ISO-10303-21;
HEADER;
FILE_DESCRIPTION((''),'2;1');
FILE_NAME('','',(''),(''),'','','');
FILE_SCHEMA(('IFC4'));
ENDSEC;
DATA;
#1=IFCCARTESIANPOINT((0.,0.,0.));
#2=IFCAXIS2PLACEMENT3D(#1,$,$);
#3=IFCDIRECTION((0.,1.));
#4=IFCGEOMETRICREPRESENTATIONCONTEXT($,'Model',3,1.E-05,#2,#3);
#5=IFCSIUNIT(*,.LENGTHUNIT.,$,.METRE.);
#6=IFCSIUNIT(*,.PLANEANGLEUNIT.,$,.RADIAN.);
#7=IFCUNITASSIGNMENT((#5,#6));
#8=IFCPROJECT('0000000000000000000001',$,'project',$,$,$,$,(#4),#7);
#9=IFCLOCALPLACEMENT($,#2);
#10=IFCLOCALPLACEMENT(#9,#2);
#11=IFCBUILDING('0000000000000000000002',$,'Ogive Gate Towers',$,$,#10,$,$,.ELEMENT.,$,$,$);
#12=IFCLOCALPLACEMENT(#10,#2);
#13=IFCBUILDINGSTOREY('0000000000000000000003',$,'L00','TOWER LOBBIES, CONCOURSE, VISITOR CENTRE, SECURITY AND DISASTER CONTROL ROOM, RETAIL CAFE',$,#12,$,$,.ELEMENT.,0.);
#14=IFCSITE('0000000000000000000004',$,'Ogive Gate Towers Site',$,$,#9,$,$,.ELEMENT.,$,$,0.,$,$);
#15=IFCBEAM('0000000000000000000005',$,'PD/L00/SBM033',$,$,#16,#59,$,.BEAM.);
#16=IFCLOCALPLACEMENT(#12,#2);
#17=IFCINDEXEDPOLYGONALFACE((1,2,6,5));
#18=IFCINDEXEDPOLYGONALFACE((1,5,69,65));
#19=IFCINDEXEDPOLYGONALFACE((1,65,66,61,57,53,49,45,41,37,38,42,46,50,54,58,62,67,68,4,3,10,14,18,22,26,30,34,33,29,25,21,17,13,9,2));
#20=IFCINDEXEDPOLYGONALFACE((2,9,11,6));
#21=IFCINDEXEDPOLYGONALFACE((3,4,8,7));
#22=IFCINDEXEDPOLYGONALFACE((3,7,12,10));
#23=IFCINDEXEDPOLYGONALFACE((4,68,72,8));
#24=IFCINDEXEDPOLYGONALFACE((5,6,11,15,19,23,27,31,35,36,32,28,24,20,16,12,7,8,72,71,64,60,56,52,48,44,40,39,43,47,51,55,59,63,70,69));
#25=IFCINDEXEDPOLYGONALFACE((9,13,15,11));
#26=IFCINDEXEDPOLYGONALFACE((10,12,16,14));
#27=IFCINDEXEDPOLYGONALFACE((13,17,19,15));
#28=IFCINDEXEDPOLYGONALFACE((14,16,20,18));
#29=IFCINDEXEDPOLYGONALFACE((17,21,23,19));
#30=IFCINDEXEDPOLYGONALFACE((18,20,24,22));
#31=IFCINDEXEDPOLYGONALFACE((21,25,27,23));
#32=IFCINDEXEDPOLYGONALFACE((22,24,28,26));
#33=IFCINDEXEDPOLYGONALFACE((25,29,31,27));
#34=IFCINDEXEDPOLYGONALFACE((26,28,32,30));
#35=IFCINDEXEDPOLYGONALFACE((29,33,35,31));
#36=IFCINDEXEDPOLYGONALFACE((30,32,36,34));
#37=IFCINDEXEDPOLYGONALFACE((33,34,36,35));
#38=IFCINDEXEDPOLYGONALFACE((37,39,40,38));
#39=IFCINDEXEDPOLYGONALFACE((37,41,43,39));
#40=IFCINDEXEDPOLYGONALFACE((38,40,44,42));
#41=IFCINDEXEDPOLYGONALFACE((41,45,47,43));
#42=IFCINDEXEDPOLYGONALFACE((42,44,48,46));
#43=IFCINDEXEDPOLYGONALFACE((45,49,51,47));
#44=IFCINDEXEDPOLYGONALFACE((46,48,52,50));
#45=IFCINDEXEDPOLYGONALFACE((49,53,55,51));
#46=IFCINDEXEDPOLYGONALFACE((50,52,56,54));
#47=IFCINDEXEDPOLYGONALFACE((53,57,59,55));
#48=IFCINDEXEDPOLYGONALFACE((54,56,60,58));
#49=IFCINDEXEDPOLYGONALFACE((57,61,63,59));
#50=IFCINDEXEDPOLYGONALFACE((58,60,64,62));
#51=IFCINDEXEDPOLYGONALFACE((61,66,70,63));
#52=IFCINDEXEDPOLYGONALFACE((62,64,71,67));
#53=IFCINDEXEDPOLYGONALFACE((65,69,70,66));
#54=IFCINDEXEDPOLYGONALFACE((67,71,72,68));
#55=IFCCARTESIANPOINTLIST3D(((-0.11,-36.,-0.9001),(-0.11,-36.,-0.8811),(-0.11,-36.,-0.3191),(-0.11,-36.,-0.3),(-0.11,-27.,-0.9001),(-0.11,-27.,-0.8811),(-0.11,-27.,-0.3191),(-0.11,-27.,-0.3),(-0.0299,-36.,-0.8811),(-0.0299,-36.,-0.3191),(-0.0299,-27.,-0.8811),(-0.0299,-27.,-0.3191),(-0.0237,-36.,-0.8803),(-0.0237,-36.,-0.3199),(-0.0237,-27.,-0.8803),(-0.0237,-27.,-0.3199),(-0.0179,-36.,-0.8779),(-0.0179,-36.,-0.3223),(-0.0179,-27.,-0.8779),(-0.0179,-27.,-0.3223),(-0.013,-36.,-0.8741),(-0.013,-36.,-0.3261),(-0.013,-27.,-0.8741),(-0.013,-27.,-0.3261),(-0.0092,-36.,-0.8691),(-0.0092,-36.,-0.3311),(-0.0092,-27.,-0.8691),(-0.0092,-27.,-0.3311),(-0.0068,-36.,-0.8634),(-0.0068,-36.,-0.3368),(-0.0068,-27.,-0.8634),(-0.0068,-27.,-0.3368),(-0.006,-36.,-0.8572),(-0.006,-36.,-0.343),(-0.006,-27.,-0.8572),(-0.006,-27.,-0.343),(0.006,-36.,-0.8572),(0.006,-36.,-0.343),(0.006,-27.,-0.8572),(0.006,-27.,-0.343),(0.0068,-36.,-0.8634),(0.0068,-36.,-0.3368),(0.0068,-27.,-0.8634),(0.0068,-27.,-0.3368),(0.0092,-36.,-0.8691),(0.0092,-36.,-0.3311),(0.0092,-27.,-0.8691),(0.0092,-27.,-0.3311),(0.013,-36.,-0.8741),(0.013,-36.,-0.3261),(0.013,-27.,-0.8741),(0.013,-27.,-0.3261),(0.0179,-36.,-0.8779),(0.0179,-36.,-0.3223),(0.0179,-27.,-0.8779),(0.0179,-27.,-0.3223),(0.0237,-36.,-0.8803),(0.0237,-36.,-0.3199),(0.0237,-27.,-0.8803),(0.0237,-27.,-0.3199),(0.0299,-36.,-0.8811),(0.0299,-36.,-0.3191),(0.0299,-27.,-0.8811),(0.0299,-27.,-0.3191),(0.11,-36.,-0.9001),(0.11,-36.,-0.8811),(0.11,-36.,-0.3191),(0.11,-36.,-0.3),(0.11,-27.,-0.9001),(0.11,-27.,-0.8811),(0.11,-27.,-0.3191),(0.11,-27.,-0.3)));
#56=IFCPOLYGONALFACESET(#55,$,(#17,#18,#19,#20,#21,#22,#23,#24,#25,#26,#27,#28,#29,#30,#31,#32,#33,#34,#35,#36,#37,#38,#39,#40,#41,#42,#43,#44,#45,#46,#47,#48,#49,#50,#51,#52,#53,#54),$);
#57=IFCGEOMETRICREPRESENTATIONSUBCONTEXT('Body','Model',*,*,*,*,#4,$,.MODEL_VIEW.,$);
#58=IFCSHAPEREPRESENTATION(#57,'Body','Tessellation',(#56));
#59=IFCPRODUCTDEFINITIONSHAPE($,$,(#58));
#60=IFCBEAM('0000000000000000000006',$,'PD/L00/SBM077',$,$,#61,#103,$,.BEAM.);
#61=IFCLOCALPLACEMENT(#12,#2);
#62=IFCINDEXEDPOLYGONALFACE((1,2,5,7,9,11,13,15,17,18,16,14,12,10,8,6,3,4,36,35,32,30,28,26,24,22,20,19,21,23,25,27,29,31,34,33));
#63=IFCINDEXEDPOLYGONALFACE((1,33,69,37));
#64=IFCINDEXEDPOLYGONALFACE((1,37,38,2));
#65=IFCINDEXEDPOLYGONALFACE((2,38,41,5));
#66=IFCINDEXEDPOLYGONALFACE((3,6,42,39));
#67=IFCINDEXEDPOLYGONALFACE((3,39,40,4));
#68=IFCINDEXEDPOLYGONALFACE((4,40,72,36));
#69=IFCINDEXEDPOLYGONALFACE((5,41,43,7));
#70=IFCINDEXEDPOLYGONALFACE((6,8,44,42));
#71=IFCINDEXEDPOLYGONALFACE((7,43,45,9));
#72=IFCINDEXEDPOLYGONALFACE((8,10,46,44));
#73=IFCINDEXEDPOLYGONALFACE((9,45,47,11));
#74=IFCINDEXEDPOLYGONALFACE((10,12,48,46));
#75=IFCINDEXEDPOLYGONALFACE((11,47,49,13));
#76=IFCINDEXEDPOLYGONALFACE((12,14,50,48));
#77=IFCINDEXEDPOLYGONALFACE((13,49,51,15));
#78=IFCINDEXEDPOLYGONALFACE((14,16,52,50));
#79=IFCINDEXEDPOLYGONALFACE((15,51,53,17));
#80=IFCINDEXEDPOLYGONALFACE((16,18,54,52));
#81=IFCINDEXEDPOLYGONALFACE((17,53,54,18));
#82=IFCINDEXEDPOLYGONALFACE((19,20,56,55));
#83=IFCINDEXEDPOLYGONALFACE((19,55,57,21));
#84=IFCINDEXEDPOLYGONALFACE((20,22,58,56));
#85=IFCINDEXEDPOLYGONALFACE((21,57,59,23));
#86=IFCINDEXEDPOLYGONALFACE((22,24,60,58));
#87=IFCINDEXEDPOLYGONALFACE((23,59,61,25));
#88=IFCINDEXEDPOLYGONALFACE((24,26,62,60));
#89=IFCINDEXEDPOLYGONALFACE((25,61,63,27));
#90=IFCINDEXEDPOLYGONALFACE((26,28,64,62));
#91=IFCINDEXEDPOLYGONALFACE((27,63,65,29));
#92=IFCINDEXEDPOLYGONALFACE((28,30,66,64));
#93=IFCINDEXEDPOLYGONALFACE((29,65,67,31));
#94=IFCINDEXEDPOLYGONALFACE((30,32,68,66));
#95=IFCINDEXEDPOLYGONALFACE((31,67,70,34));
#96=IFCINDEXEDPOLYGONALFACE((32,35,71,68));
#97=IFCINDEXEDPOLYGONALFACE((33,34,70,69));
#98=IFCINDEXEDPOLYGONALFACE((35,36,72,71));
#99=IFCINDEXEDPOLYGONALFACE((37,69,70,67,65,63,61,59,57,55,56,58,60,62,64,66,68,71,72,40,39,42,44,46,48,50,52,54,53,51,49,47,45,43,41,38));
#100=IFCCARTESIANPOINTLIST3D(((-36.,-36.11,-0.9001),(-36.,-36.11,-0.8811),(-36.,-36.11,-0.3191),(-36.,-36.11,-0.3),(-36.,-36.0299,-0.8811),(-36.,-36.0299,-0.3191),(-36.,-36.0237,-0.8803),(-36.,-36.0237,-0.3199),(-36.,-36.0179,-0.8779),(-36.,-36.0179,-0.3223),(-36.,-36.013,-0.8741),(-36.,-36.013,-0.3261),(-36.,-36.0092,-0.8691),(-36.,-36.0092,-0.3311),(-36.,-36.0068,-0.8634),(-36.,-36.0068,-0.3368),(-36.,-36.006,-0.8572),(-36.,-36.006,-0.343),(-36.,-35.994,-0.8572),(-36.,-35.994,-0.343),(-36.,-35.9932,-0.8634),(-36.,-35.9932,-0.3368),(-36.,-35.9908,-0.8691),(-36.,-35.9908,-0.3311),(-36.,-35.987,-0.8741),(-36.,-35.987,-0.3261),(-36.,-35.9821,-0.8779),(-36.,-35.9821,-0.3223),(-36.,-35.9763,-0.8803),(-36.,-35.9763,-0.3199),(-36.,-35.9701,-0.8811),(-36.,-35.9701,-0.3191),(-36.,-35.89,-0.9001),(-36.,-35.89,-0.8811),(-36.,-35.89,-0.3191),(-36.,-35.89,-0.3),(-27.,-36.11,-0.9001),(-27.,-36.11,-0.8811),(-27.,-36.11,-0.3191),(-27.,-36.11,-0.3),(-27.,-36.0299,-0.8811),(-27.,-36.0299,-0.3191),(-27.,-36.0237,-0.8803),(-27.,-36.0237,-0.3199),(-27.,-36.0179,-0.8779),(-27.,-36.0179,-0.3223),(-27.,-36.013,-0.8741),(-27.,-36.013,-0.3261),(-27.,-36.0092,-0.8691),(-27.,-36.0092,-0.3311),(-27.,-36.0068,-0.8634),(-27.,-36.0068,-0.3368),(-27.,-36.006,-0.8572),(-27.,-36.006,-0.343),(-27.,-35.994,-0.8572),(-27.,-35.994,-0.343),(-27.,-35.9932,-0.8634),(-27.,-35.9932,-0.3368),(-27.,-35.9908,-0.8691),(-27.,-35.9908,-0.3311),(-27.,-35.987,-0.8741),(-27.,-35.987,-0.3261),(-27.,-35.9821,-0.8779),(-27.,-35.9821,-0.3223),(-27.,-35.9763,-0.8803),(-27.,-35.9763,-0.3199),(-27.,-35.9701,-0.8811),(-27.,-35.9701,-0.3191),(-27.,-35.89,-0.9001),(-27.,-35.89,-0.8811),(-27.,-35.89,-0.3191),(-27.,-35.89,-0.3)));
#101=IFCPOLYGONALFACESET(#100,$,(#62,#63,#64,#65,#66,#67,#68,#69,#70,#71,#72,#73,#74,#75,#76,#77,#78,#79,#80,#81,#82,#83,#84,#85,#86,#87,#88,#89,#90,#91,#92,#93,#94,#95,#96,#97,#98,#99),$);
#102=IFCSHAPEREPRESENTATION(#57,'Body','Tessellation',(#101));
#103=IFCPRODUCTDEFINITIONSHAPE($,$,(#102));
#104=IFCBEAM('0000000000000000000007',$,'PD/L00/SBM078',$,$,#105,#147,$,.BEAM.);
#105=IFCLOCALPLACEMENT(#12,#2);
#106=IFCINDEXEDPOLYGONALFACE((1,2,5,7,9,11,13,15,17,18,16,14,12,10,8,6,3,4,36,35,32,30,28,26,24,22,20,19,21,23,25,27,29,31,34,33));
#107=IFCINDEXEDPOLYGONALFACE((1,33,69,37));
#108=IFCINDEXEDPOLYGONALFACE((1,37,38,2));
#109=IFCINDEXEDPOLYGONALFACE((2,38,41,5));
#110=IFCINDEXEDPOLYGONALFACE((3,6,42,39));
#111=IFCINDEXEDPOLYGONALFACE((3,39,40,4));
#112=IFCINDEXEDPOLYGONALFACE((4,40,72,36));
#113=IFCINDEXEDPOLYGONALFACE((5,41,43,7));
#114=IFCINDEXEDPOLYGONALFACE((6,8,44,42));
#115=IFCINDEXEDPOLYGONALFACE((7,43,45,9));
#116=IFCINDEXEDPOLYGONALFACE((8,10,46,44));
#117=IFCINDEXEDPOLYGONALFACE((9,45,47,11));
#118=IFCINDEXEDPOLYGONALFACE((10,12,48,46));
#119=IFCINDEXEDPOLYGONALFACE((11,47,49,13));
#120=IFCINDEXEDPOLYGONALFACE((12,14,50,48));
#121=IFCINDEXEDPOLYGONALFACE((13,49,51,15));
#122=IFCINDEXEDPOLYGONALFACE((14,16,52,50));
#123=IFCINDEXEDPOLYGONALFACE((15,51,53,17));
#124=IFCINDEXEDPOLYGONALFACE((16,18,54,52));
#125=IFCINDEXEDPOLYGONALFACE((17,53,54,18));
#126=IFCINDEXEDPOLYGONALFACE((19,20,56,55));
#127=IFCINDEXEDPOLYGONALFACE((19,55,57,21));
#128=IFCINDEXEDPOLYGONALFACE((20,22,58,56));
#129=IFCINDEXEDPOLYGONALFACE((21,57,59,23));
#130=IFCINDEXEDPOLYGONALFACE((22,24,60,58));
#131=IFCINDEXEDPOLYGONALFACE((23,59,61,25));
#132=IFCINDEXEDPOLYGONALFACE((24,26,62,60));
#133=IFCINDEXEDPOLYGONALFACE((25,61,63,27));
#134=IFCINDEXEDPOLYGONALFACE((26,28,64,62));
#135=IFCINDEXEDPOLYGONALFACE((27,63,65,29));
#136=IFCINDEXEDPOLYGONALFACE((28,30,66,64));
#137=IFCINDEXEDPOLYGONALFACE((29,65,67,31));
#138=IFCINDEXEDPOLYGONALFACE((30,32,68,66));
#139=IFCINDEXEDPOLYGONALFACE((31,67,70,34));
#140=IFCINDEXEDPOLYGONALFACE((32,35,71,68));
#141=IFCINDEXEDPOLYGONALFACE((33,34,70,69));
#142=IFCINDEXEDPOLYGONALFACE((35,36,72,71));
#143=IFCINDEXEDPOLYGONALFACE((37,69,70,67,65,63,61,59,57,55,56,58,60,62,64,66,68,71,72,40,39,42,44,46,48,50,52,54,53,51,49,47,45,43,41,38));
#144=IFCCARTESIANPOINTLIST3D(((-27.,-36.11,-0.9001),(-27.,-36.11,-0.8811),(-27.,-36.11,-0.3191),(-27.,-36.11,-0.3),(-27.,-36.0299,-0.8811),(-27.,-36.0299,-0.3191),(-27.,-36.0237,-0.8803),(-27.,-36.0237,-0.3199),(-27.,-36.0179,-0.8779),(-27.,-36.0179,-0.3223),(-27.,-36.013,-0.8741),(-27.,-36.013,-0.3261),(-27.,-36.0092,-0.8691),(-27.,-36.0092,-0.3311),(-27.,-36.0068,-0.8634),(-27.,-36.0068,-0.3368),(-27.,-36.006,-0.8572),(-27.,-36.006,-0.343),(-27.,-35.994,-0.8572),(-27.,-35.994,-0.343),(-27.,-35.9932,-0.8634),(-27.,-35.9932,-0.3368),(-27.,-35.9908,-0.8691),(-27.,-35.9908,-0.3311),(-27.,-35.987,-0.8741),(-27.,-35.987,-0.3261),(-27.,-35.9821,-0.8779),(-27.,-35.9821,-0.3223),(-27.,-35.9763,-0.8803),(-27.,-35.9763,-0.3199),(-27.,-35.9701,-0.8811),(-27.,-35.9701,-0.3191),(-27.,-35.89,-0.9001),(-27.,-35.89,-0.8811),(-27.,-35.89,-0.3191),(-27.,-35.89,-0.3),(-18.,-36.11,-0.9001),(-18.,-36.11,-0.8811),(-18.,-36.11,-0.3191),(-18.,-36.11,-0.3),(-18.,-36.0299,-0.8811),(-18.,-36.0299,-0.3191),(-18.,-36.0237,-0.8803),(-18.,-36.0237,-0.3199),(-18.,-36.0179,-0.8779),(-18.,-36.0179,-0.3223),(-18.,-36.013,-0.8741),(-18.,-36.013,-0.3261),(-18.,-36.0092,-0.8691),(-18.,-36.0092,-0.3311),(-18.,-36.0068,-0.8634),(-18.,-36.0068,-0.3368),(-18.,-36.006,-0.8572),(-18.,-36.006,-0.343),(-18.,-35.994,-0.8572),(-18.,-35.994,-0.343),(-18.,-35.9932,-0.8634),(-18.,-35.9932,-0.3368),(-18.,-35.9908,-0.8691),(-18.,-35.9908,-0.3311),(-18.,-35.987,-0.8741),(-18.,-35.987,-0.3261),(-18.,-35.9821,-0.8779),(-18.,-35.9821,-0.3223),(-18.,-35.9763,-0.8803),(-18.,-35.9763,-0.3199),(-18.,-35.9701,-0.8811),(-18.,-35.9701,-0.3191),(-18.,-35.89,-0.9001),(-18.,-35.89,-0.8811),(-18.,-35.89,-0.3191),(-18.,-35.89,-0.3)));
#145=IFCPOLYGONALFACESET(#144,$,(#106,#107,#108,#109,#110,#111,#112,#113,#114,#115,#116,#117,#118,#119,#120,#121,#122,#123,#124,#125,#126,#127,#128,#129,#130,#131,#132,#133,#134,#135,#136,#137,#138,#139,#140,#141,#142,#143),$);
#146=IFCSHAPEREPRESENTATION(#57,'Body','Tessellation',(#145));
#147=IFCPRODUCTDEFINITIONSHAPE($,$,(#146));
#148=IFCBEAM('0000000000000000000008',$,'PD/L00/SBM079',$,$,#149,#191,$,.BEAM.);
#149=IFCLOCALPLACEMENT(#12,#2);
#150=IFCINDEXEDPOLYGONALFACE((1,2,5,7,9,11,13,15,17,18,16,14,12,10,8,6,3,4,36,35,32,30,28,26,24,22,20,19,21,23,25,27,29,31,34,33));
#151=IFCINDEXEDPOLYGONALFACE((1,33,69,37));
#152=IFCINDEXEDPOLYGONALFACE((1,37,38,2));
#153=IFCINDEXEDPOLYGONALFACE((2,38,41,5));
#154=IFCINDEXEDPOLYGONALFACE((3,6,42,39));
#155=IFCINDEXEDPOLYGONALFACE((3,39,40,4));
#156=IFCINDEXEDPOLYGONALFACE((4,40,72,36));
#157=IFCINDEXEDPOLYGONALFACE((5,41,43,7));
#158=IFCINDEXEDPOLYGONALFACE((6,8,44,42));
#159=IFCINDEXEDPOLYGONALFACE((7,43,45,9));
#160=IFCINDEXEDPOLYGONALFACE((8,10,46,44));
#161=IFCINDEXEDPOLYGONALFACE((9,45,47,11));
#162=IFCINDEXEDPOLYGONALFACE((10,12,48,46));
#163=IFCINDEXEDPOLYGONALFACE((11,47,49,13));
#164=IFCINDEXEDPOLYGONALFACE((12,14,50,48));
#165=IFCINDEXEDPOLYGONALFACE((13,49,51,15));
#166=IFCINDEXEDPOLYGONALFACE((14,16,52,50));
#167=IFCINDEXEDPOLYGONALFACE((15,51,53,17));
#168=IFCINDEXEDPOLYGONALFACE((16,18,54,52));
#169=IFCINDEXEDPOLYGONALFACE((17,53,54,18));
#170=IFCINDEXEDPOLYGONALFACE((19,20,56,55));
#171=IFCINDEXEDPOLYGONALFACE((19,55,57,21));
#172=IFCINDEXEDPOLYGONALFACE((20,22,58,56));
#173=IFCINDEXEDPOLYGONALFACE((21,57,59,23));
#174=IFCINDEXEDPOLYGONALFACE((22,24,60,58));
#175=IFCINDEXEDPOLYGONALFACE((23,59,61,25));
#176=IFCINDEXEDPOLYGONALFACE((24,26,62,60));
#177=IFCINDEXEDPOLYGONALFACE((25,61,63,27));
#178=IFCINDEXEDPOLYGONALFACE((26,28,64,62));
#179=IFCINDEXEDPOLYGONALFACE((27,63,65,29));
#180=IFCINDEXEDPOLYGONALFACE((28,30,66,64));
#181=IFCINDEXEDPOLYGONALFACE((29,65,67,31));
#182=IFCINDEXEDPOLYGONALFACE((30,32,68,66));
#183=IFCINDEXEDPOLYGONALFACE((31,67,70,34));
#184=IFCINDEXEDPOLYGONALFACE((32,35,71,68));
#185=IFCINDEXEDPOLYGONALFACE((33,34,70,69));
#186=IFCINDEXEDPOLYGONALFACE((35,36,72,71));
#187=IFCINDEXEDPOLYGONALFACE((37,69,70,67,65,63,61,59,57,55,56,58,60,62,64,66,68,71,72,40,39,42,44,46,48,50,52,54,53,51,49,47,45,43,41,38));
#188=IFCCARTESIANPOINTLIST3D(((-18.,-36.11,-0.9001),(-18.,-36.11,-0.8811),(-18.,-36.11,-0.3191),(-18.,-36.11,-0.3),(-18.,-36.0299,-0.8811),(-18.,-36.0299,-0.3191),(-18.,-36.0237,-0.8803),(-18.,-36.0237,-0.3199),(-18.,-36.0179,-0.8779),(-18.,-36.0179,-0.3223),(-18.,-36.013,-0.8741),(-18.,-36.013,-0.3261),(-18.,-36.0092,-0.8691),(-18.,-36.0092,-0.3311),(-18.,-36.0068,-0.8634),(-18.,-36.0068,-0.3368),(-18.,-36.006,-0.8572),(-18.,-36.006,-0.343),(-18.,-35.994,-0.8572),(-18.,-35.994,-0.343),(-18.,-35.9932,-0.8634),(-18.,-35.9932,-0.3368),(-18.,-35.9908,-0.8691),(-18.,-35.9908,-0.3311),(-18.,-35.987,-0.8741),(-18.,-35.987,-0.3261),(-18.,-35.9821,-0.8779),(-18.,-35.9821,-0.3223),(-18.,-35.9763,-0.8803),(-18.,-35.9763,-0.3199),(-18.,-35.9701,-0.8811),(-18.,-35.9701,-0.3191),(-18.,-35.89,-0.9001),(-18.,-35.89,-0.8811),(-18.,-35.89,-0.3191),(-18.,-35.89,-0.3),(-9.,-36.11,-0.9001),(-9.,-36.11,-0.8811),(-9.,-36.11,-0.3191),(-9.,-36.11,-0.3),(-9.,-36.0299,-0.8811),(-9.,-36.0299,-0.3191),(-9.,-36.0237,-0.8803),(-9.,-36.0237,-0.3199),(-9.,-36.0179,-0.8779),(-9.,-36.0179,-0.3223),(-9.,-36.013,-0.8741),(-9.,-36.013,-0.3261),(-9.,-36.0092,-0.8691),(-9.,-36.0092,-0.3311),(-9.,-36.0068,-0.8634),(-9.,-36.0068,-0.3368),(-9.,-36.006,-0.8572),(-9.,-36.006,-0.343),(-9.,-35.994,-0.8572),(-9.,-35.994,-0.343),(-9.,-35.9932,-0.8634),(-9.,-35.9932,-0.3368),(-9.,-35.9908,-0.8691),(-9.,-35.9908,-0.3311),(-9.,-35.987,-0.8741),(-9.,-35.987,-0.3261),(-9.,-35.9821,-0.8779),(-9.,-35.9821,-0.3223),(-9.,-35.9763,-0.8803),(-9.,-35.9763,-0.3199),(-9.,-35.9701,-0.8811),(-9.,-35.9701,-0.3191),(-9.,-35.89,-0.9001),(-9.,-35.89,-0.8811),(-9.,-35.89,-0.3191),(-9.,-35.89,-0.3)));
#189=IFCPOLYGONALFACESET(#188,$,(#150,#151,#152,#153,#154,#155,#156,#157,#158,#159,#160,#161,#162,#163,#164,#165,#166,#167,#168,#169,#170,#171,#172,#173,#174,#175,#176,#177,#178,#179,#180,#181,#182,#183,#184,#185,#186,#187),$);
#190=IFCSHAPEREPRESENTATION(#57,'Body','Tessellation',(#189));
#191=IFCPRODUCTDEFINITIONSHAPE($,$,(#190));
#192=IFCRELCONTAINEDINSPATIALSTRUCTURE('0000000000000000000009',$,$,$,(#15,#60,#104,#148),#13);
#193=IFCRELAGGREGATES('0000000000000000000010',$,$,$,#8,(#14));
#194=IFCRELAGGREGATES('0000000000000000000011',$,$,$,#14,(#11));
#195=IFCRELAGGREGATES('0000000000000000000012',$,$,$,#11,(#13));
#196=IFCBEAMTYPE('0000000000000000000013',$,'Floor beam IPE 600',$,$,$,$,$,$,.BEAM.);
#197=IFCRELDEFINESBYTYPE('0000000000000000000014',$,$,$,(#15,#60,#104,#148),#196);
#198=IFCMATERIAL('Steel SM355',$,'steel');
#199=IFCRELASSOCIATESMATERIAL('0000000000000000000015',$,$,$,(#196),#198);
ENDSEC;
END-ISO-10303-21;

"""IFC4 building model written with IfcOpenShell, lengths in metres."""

from ifc_helpers import new_model, si_unit, direction, frame, origin, origin_2d, place, context, subcontext, project, spatial, i_section, extrude, material, material_profile, profile_set, type_object, element, save


model = new_model("IFC4")

# Units and contexts
model_context = context("Model", 3, precision=1e-05, world=origin(), true_north=direction((0.0, 1.0)))
body_context = subcontext(model_context, "Body", "Model", "MODEL_VIEW")
ifc_project = project(units=[si_unit("LENGTHUNIT", "METRE"), si_unit("PLANEANGLEUNIT", "RADIAN")], contexts=[model_context])

# Site, building, storey
site_placement = place(None, origin())
site = spatial("IfcSite", under=ifc_project, at=site_placement, Name="Ogive Gate Towers Site", CompositionType="ELEMENT", RefElevation=0.0)
building_placement = place(site_placement, origin())
building = spatial("IfcBuilding", under=site, at=building_placement, Name="Ogive Gate Towers", CompositionType="ELEMENT")
storey_placement = place(building_placement, origin())
storey = spatial("IfcBuildingStorey", under=building, at=storey_placement, Name="L00", Description="TOWER LOBBIES, CONCOURSE, VISITOR CENTRE, SECURITY AND DISASTER CONTROL ROOM, RETAIL CAFE", CompositionType="ELEMENT", Elevation=0.0)

# Beams
ifc_material_1 = material(Name="Steel SM355", Category="steel")
ifc_material_profile_1 = material_profile(ifc_material_1, i_section(OverallWidth=0.22, OverallDepth=0.6001, WebThickness=0.012, FlangeThickness=0.019, FilletRadius=0.0239, at=origin_2d()), Name="IPE 600")
ifc_profile_set_1 = profile_set([ifc_material_profile_1], Name="Steel SM355")
beam_type = type_object("IfcBeamType", Name="Floor beam IPE 600", PredefinedType="BEAM", material=ifc_profile_set_1)
for number, where, z_axis, x_axis, name in (
    (1, (0.0, -36.0, -0.6001), (0.0, 1.0, 0.0), (-1.0, 0.0, 0.0), "PD/L00/SBM033"),
    (2, (-36.0, -36.0, -0.6001), (1.0, 0.0, 0.0), (0.0, 1.0, 0.0), "PD/L00/SBM077"),
    (3, (-27.0, -36.0, -0.6001), (1.0, 0.0, 0.0), (0.0, 1.0, 0.0), "PD/L00/SBM078"),
    (4, (-18.0, -36.0, -0.6001), (1.0, 0.0, 0.0), (0.0, 1.0, 0.0), "PD/L00/SBM079"),
):
    element("IfcBeam", number, at=place(storey_placement, frame(where, z_axis=z_axis, x_axis=x_axis)), inside=storey, type_object=beam_type, Name=name, PredefinedType="BEAM", context=body_context, shape_type="SweptSolid", body=[
        extrude(i_section(OverallWidth=0.22, OverallDepth=0.6001, WebThickness=0.012, FlangeThickness=0.019, FilletRadius=0.0239, at=origin_2d()), origin(), (0.0, 0.0, 1.0), 9.0),
    ])

save(model, "model.ifc")
